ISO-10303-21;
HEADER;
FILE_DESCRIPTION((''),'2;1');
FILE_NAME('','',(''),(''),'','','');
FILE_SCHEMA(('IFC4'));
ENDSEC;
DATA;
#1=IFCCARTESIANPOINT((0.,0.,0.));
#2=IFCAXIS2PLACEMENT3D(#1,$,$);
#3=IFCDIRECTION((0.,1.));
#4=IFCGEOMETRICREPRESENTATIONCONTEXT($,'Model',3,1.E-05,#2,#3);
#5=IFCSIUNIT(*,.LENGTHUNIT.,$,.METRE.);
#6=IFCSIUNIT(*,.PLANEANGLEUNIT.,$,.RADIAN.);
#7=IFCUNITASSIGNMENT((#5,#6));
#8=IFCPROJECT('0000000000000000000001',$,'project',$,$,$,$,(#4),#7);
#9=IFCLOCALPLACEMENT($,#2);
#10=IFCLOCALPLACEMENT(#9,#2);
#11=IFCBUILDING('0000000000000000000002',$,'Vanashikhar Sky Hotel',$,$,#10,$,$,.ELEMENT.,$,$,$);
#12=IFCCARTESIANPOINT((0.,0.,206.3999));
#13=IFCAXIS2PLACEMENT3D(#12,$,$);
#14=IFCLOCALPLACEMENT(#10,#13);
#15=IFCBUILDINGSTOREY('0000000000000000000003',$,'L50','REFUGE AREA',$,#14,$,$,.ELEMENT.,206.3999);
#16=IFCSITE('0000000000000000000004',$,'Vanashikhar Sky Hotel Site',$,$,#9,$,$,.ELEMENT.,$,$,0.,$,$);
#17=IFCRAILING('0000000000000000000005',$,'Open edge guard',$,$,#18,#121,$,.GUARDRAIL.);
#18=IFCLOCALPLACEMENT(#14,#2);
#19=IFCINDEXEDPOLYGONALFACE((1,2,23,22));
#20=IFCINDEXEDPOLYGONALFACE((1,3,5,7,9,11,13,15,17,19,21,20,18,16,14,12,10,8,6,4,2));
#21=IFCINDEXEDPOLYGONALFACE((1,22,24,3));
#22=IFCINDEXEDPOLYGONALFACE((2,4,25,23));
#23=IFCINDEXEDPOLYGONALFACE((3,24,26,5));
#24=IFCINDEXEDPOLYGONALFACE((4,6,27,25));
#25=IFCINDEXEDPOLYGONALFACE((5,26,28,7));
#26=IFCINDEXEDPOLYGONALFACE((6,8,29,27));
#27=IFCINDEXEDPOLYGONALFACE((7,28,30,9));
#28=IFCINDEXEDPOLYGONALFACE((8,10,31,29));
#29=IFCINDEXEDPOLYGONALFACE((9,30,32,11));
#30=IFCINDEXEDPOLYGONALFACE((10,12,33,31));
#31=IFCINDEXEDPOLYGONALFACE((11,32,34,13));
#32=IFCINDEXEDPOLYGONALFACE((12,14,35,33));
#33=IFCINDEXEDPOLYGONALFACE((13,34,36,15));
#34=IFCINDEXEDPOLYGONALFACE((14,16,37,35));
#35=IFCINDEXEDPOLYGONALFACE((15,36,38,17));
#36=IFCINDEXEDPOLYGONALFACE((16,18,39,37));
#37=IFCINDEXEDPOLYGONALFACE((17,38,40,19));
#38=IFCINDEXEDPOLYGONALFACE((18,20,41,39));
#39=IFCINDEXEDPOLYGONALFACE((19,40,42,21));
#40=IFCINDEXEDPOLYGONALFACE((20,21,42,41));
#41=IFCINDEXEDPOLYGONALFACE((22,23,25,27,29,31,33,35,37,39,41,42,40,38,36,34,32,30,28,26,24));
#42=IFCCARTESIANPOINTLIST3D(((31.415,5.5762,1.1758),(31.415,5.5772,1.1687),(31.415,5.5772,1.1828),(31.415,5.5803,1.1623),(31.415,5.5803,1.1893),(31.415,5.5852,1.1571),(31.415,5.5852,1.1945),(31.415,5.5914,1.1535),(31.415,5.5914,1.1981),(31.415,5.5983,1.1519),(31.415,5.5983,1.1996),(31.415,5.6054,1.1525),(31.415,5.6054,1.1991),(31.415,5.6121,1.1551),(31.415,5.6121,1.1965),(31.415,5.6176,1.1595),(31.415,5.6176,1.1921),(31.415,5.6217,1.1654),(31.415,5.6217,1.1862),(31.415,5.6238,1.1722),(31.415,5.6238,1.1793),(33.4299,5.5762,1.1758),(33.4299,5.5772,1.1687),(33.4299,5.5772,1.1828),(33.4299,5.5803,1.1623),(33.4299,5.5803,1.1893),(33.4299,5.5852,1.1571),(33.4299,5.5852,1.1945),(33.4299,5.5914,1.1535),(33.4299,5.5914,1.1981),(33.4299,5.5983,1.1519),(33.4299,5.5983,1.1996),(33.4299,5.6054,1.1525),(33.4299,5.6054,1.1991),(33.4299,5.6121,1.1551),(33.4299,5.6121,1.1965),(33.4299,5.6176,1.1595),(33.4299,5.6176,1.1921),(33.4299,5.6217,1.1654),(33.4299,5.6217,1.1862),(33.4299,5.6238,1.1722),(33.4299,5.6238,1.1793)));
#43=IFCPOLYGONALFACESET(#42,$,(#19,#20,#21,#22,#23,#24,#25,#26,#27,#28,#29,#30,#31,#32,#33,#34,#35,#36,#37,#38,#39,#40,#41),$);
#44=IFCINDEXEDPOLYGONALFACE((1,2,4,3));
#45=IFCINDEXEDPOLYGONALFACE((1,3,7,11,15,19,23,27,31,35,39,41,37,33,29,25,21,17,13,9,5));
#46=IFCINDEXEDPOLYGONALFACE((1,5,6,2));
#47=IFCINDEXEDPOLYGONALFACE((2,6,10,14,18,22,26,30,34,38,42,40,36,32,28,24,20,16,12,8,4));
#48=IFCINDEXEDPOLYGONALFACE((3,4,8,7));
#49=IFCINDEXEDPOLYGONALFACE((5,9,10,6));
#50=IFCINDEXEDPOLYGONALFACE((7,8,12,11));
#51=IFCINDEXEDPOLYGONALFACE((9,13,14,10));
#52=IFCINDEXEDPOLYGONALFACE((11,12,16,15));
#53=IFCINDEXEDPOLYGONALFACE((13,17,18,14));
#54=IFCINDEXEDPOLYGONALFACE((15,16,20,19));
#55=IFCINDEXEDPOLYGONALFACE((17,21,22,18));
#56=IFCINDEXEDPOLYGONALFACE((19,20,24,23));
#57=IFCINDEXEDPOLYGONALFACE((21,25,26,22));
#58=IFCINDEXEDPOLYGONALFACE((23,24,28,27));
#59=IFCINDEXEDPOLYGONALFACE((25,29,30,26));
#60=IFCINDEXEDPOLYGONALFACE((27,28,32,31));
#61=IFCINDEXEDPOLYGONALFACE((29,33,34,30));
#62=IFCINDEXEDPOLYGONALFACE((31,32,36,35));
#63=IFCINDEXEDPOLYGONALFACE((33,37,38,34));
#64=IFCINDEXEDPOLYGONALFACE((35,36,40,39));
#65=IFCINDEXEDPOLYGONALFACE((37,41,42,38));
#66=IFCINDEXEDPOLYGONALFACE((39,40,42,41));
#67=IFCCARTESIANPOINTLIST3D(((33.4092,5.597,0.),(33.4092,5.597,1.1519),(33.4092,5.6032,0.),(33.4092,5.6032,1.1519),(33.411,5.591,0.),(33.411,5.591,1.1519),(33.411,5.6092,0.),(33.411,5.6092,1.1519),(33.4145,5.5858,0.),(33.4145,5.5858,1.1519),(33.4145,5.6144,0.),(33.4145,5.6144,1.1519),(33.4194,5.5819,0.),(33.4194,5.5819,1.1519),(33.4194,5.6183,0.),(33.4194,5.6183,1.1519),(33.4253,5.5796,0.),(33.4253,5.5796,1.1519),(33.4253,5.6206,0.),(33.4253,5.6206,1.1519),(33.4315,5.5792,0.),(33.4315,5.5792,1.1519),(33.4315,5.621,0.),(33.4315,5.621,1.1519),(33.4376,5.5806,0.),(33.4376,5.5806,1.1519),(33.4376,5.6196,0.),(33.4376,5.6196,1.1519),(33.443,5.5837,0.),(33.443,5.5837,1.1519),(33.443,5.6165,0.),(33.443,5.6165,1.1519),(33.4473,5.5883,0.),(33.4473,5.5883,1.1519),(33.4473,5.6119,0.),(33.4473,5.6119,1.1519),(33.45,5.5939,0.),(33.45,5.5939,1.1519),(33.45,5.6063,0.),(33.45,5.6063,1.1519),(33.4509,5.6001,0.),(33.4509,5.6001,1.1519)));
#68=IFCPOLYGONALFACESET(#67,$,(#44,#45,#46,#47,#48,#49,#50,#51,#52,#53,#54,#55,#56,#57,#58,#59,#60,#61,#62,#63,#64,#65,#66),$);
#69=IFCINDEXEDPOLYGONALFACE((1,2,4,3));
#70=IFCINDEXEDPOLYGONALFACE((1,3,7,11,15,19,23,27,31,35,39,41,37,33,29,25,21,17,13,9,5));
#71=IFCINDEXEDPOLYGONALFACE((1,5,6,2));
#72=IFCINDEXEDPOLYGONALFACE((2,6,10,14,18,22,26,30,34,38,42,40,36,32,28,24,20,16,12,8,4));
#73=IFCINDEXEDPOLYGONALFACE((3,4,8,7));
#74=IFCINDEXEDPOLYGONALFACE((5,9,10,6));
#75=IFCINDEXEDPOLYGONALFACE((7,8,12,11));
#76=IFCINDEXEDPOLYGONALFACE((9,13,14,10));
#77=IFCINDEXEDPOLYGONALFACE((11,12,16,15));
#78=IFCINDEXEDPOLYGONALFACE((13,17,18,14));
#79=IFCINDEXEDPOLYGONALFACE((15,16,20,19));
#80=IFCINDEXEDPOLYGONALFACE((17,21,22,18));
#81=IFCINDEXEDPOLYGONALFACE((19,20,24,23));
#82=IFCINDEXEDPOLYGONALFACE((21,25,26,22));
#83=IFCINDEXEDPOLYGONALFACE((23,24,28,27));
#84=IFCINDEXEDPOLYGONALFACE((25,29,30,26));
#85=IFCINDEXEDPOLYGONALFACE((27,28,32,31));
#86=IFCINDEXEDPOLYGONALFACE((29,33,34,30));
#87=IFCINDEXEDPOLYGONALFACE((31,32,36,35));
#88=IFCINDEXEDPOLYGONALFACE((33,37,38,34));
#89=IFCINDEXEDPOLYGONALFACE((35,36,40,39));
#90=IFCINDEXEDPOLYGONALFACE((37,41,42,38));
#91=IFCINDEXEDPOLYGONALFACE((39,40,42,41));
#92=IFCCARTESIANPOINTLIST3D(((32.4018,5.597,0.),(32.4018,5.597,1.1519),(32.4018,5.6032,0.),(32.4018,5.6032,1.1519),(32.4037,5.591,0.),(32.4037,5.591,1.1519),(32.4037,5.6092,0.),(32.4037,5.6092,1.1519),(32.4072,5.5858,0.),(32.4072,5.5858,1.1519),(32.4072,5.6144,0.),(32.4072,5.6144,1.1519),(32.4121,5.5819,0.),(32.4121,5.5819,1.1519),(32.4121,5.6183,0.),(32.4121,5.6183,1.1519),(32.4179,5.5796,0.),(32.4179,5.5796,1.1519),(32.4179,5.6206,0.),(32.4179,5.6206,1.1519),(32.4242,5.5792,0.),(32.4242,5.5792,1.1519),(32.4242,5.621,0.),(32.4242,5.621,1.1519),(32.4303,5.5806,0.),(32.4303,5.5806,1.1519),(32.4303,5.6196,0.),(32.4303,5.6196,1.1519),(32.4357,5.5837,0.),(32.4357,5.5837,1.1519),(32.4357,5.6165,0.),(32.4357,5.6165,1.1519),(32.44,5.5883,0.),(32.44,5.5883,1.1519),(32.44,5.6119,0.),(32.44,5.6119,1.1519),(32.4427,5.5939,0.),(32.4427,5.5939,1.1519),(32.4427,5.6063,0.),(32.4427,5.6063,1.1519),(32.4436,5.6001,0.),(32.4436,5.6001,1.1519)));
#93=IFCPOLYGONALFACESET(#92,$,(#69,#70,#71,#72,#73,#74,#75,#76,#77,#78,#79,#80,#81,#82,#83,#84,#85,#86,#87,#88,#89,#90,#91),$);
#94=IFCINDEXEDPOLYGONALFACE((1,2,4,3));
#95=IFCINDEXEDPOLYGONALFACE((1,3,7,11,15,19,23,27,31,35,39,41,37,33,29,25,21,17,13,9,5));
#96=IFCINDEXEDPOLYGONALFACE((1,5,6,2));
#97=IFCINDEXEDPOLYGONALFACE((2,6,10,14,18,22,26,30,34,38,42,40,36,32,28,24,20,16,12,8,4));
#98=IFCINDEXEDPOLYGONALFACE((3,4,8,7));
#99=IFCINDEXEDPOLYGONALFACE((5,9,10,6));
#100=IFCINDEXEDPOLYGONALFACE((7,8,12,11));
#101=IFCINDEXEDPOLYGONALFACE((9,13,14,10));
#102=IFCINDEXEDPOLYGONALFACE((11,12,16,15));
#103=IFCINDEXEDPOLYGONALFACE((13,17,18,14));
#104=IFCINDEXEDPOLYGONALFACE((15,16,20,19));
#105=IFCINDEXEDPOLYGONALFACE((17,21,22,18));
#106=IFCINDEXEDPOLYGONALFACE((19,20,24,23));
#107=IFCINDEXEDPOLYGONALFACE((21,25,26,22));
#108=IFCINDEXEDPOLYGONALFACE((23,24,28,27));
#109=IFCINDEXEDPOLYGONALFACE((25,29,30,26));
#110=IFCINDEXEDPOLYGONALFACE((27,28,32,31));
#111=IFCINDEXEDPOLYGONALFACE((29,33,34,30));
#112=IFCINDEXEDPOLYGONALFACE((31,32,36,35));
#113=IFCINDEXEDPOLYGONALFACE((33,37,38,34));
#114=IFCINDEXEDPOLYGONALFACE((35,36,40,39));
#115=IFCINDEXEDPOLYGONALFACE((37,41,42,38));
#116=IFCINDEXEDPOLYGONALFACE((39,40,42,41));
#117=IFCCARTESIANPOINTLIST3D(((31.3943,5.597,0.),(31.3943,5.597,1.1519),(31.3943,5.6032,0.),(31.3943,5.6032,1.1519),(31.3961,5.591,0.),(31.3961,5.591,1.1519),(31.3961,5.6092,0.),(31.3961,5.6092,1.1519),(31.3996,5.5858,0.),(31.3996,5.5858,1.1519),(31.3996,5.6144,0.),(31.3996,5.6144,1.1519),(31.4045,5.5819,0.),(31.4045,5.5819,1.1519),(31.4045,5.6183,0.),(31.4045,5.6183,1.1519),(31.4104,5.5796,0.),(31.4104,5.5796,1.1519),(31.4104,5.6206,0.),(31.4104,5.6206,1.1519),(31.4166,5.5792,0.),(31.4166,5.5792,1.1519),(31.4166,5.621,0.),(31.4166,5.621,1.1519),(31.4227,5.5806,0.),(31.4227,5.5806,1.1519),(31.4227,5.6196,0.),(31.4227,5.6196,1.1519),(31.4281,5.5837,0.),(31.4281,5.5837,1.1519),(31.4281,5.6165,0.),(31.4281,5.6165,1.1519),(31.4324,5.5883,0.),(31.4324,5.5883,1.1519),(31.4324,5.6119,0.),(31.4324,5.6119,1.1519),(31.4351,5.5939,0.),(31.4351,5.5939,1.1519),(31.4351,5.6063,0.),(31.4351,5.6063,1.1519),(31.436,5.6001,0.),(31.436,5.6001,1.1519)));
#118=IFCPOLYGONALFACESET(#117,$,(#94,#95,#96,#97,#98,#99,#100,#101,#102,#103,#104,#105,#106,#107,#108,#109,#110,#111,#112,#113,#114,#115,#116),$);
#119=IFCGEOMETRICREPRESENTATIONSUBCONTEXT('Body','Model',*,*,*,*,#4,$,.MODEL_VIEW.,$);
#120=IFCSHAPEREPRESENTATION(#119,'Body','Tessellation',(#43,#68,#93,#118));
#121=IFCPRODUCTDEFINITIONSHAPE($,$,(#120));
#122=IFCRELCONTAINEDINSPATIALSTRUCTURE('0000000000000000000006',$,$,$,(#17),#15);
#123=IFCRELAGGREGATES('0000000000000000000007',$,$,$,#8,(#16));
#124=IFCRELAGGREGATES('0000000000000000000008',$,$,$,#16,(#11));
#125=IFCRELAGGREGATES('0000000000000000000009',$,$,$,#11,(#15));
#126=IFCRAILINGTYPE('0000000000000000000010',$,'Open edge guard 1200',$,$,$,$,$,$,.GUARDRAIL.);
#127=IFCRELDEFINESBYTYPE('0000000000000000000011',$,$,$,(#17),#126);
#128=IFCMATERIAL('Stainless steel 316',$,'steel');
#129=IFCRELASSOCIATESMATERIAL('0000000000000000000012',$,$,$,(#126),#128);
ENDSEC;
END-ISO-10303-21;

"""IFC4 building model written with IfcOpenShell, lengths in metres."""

from ifc_helpers import new_model, si_unit, direction, frame, origin, origin_2d, place, context, subcontext, project, spatial, circle, extrude, source, transform, mapped, material, type_object, element, save


model = new_model("IFC4")

# Units and contexts
model_context = context("Model", 3, precision=1e-05, world=origin(), true_north=direction((0.0, 1.0)))
body_context = subcontext(model_context, "Body", "Model", "MODEL_VIEW")
ifc_project = project(units=[si_unit("LENGTHUNIT", "METRE"), si_unit("PLANEANGLEUNIT", "RADIAN")], contexts=[model_context])

# Site, building, storey
site_placement = place(None, origin())
site = spatial("IfcSite", under=ifc_project, at=site_placement, Name="Vanashikhar Sky Hotel Site", CompositionType="ELEMENT", RefElevation=0.0)
building_placement = place(site_placement, origin())
building = spatial("IfcBuilding", under=site, at=building_placement, Name="Vanashikhar Sky Hotel", CompositionType="ELEMENT")
storey_placement = place(building_placement, frame((0.0, 0.0, 206.3999)))
storey = spatial("IfcBuildingStorey", under=building, at=storey_placement, Name="L50", Description="REFUGE AREA", CompositionType="ELEMENT", Elevation=206.3999)

# Railing
ifc_material_1 = material(Name="Stainless steel 316", Category="steel")
railing_type = type_object("IfcRailingType", Name="Open edge guard 1200", PredefinedType="GUARDRAIL", material=ifc_material_1)
shared_shape_1 = source(origin(), body_context, "Body", "SweptSolid", [
    extrude(circle(Radius=0.0239, at=origin_2d()), frame((0.0, 0.0, 1.1758), z_axis=(-1.0, 0.0, 0.0), x_axis=(0.0, -1.0, 0.0)), (0.0, 0.0, 1.0), 2.0149),
    extrude(circle(Radius=0.021, at=origin_2d()), origin(), (0.0, 0.0, 1.0), 1.1519),
    extrude(circle(Radius=0.021, at=origin_2d()), frame((-1.0073, 0.0, 0.0)), (0.0, 0.0, 1.0), 1.1519),
    extrude(circle(Radius=0.021, at=origin_2d()), frame((-2.0149, 0.0, 0.0)), (0.0, 0.0, 1.0), 1.1519),
])
for number, where, name in (
    (1, (33.4299, 5.6001, 0.0), "Open edge guard"),
):
    element("IfcRailing", number, at=place(storey_placement, frame(where)), inside=storey, type_object=railing_type, Name=name, PredefinedType="GUARDRAIL", context=body_context, shape_type="MappedRepresentation", body=[
        mapped(shared_shape_1, transform((0.0, 0.0, 0.0), scale=1.0)),
    ])

save(model, "model.ifc")
